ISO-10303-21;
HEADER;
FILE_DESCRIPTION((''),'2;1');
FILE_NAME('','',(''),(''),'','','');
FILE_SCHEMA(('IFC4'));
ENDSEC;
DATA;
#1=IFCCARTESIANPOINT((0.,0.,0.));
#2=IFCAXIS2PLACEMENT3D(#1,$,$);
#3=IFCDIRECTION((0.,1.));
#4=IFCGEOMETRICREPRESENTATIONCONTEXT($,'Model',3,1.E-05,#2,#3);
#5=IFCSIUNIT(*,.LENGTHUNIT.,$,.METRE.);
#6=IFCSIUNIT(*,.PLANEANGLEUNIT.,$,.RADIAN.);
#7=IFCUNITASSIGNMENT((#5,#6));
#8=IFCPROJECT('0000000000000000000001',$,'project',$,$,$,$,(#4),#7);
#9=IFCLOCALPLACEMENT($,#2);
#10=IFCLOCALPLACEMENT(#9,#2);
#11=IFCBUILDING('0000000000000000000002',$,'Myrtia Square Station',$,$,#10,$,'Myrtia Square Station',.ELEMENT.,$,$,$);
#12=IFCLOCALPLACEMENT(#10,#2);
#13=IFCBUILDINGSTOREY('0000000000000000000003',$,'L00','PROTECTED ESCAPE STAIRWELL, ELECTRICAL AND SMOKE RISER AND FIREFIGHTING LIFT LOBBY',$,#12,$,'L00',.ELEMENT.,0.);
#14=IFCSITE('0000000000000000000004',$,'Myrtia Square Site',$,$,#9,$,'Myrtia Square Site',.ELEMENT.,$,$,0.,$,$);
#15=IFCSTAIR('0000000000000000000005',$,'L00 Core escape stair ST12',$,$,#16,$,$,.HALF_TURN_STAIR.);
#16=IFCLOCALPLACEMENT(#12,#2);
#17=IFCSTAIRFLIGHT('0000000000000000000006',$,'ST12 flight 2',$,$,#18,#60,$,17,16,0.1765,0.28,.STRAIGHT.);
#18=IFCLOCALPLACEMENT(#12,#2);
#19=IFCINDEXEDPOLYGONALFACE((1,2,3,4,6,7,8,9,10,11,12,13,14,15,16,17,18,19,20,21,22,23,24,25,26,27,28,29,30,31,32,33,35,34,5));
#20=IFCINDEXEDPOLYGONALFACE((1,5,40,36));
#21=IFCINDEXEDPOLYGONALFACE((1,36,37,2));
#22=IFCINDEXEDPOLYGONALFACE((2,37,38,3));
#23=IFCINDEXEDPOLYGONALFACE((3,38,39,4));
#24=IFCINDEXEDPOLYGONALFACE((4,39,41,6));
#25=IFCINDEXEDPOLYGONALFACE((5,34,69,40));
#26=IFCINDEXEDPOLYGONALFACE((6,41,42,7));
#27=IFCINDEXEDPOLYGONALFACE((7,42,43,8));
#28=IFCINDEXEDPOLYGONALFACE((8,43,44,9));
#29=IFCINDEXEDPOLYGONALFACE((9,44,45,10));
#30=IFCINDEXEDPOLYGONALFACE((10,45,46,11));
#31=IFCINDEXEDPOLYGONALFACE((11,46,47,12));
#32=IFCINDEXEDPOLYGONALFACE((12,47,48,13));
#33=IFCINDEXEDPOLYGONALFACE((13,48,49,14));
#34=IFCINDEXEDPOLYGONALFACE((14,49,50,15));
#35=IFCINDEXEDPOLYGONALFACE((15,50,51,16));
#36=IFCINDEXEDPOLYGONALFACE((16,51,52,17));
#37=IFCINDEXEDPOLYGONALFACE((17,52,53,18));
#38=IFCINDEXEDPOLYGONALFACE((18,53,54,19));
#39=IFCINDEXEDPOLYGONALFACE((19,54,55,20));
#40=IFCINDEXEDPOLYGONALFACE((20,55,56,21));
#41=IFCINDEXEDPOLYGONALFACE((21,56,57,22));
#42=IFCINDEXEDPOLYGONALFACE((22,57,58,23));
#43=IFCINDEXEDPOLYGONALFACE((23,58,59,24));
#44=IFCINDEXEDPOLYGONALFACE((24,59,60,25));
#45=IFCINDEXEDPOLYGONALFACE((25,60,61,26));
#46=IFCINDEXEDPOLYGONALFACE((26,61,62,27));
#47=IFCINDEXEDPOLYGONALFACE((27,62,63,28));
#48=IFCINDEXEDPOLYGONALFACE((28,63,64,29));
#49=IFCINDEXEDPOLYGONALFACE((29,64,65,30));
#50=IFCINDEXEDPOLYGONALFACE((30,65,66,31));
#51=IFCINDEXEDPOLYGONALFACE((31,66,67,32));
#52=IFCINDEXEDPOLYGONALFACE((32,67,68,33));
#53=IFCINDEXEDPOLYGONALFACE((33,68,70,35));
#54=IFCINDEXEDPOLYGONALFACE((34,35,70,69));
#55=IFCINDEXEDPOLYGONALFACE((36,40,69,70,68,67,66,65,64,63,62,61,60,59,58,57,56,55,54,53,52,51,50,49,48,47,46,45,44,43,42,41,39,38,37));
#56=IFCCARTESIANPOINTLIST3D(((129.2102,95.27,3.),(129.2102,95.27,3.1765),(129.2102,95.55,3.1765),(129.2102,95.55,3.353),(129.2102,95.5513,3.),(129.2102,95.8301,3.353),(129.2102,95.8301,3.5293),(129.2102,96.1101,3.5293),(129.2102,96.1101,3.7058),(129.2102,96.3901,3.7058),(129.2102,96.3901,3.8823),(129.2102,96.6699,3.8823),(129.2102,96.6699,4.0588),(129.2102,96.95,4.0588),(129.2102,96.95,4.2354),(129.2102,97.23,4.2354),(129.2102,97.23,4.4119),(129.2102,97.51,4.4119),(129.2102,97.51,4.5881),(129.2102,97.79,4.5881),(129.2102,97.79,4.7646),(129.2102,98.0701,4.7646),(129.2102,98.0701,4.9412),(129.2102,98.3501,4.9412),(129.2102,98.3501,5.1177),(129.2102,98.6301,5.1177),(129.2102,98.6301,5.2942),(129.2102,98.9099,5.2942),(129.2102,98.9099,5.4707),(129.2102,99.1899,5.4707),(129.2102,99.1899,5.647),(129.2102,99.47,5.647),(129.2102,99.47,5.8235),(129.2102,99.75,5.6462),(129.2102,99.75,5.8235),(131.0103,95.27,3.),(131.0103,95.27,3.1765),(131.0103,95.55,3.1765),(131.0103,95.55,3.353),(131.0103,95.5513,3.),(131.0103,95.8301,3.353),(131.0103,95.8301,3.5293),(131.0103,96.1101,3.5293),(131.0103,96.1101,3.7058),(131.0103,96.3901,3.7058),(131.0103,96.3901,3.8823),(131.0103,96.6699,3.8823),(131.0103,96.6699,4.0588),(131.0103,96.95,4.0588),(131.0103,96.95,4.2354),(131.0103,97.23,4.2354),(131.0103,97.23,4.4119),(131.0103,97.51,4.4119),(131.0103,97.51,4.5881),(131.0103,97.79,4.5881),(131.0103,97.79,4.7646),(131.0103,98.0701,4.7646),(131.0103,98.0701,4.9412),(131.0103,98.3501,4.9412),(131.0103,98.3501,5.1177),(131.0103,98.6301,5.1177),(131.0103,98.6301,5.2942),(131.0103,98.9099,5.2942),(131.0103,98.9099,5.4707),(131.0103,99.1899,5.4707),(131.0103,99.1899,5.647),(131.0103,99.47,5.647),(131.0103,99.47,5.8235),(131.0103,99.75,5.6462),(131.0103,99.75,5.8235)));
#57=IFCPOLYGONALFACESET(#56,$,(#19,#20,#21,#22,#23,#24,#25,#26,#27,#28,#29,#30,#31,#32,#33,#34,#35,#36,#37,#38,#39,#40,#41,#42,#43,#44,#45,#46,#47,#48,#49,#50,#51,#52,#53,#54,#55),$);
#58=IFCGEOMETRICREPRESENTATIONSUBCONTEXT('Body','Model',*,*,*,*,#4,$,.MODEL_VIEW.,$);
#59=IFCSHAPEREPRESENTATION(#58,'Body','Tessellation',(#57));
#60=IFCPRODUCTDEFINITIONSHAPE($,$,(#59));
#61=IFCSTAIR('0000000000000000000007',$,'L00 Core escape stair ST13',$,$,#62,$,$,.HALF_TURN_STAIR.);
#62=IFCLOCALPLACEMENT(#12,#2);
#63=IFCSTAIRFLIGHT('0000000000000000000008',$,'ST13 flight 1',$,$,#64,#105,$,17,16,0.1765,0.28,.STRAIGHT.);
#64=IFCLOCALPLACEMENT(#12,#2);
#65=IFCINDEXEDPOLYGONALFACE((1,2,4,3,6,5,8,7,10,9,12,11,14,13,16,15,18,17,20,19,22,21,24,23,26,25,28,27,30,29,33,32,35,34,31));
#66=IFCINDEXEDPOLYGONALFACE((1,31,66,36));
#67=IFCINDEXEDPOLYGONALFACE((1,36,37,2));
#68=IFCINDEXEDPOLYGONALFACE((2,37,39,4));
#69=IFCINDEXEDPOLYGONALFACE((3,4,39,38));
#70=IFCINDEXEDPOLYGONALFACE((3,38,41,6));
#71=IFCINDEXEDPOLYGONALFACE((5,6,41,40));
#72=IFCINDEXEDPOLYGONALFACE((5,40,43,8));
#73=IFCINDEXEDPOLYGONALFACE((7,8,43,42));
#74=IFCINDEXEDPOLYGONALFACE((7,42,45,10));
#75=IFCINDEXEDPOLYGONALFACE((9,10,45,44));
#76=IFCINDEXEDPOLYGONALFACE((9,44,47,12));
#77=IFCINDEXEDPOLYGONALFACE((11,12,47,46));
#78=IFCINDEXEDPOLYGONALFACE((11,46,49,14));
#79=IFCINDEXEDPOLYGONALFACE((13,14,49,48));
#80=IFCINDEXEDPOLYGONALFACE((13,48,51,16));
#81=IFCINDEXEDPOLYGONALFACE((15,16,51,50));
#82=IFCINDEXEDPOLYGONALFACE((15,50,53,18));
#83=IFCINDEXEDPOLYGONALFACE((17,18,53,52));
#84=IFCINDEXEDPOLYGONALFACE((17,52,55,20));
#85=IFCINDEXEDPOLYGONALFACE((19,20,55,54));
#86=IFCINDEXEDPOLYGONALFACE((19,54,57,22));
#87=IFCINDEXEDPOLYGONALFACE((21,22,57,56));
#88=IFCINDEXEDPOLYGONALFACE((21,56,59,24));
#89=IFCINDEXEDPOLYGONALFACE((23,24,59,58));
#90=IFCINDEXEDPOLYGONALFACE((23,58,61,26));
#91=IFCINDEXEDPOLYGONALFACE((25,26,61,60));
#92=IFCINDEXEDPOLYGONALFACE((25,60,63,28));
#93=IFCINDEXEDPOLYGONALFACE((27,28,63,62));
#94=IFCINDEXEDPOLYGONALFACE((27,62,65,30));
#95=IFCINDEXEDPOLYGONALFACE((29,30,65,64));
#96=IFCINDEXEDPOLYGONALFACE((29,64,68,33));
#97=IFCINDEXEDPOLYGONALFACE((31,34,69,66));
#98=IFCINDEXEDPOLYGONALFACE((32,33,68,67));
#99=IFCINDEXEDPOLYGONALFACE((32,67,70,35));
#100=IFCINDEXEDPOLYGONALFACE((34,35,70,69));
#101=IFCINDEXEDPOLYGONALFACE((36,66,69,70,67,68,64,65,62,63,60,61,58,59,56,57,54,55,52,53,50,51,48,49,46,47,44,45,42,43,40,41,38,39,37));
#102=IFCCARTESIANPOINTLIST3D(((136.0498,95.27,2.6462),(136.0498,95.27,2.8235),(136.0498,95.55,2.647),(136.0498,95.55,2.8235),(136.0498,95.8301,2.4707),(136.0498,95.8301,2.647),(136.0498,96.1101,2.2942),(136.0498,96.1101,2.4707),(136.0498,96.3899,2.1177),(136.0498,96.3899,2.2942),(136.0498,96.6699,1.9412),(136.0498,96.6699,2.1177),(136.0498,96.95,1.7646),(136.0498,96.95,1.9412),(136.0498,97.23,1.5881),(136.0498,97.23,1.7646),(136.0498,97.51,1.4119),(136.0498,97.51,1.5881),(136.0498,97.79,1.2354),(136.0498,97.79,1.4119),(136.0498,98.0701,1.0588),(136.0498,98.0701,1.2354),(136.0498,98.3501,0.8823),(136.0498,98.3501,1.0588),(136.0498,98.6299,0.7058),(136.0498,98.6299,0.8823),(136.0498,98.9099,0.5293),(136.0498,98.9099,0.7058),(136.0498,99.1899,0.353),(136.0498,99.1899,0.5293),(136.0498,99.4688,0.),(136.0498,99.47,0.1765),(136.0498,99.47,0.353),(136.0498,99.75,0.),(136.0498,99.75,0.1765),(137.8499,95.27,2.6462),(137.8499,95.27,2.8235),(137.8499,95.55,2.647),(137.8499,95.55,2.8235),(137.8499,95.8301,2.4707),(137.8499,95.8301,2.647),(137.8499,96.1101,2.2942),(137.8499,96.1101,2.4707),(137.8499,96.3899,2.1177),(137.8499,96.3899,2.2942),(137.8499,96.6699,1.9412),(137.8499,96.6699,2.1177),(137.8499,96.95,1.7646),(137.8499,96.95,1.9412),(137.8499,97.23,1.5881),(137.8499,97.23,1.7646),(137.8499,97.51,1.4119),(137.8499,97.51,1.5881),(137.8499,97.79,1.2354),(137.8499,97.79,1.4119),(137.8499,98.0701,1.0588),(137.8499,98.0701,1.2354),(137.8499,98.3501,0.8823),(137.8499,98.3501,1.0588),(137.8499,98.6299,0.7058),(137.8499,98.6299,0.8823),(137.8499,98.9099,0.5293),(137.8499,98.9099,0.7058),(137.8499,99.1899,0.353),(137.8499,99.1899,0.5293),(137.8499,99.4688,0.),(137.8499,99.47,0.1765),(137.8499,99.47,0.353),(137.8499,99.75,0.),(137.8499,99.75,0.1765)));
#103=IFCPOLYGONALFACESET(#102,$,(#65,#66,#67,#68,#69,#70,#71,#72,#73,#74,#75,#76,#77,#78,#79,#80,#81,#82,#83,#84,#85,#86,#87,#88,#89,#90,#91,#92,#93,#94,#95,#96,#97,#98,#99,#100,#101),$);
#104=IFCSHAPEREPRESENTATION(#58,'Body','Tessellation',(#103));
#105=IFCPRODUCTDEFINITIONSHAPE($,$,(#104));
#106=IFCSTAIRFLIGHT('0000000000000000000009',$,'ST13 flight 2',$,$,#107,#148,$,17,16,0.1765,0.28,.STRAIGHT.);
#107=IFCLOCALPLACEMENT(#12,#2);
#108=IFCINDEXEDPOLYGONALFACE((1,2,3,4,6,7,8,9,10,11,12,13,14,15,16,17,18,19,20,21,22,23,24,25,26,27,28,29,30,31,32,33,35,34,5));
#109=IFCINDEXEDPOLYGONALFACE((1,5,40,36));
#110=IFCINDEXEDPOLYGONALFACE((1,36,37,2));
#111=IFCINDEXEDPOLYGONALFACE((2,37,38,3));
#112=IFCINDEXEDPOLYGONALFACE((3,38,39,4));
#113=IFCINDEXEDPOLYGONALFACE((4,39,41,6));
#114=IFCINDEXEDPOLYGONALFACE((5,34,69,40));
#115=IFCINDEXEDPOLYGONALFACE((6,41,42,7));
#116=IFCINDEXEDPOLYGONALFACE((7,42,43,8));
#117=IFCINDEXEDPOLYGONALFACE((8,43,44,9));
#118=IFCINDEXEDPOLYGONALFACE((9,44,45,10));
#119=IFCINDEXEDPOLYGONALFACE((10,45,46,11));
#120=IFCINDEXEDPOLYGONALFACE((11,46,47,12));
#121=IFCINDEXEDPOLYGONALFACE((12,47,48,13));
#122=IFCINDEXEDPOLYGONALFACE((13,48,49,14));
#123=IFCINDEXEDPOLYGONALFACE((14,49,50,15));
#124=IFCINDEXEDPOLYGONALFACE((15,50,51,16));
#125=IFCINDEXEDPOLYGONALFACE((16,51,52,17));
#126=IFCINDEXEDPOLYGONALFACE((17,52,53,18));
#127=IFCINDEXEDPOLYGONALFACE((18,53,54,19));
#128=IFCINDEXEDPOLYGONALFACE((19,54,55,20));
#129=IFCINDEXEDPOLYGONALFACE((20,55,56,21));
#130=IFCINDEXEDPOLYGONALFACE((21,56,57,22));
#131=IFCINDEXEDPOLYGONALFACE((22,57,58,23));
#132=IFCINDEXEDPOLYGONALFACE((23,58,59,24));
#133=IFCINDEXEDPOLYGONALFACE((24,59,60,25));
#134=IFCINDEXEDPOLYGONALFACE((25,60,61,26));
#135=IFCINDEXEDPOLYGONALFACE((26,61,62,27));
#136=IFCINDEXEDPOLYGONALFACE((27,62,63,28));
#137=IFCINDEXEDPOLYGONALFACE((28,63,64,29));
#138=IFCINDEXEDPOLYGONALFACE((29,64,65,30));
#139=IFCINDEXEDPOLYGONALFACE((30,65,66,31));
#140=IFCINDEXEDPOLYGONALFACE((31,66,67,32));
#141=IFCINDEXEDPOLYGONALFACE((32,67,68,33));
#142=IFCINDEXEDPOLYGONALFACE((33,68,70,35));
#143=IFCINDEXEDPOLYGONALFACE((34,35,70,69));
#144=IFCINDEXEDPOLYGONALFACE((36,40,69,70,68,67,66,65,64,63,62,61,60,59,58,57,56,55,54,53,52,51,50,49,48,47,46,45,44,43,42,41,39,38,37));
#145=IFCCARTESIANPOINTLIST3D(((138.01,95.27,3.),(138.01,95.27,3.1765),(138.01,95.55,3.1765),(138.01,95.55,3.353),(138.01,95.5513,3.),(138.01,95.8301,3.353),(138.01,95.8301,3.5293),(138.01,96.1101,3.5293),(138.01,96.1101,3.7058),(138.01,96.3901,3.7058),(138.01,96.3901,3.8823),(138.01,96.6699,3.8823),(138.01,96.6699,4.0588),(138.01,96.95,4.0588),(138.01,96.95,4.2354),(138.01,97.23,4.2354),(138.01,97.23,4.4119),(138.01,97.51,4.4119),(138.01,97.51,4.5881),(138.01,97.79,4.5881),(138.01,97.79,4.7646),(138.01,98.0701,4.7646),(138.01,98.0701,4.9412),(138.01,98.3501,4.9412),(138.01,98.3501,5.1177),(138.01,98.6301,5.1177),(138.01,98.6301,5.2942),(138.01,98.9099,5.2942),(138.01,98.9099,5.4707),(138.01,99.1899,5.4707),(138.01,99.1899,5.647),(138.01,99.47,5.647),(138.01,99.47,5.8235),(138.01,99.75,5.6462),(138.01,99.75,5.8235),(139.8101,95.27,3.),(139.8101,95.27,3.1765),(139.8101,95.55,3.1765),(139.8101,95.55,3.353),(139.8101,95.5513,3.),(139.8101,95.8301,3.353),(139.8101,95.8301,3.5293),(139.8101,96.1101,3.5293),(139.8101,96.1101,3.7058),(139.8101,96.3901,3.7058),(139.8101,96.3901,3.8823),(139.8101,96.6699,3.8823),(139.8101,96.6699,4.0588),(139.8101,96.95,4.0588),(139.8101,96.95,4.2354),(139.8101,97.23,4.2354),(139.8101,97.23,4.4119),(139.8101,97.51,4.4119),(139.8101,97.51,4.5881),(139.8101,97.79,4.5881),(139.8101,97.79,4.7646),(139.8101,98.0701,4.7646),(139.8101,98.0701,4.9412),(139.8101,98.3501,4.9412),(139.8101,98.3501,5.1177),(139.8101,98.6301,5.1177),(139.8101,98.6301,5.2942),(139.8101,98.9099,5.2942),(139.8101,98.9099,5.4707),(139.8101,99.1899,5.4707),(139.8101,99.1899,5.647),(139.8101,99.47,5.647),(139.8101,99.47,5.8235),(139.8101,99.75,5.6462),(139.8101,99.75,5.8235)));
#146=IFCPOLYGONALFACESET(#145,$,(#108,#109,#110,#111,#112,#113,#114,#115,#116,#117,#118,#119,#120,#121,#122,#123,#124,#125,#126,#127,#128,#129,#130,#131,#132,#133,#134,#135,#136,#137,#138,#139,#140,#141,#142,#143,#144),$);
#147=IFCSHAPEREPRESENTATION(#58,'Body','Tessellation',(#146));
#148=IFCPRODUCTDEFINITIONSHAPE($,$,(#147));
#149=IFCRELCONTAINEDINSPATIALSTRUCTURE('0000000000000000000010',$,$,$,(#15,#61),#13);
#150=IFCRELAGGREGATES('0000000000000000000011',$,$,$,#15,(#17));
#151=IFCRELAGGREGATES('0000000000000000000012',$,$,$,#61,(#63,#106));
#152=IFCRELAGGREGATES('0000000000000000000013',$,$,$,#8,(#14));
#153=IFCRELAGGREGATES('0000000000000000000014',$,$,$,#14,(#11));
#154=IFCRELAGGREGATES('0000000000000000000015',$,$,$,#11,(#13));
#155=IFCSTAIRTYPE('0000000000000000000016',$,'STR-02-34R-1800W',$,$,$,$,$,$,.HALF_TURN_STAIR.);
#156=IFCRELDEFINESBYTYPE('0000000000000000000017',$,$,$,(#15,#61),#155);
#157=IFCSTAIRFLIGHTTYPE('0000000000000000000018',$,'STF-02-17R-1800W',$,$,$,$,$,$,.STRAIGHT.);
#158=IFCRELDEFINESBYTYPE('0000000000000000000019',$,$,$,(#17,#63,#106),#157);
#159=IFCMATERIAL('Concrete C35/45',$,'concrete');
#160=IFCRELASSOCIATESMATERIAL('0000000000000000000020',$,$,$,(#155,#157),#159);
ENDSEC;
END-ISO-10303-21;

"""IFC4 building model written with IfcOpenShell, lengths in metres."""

from ifc_helpers import new_model, si_unit, direction, frame, origin, place, context, subcontext, project, spatial, polyline, outline, extrude, material, type_object, element, aggregate, save


model = new_model("IFC4")

# Units and contexts
model_context = context("Model", 3, precision=1e-05, world=origin(), true_north=direction((0.0, 1.0)))
body_context = subcontext(model_context, "Body", "Model", "MODEL_VIEW")
ifc_project = project(units=[si_unit("LENGTHUNIT", "METRE"), si_unit("PLANEANGLEUNIT", "RADIAN")], contexts=[model_context])

# Site, building, storey
site_placement = place(None, origin())
site = spatial("IfcSite", under=ifc_project, at=site_placement, Name="Myrtia Square Site", LongName="Myrtia Square Site", CompositionType="ELEMENT", RefElevation=0.0)
building_placement = place(site_placement, origin())
building = spatial("IfcBuilding", under=site, at=building_placement, Name="Myrtia Square Station", LongName="Myrtia Square Station", CompositionType="ELEMENT")
storey_placement = place(building_placement, origin())
storey = spatial("IfcBuildingStorey", under=building, at=storey_placement, Name="L00", Description="PROTECTED ESCAPE STAIRWELL, ELECTRICAL AND SMOKE RISER AND FIREFIGHTING LIFT LOBBY", LongName="L00", CompositionType="ELEMENT", Elevation=0.0)

# Shared definitions
ifc_material_1 = material(Name="Concrete C35/45", Category="concrete")

# Stairs, stair flights
stair_type = type_object("IfcStairType", Name="STR-02-34R-1800W", PredefinedType="HALF_TURN_STAIR", material=ifc_material_1)
stair_1_placement = place(storey_placement, origin())
stair_1 = element("IfcStair", 1, at=stair_1_placement, inside=storey, type_object=stair_type, Name="L00 Core escape stair ST12", PredefinedType="HALF_TURN_STAIR")
stair_flight_type = type_object("IfcStairFlightType", Name="STF-02-17R-1800W", PredefinedType="STRAIGHT", material=ifc_material_1)
stair_flight_1_placement = place(storey_placement, frame((130.1101, 95.27, 3.0), z_axis=(0.0, 0.0, 1.0), x_axis=(0.0, 1.0, 0.0)))
stair_flight_1 = element("IfcStairFlight", 2, at=stair_flight_1_placement, type_object=stair_flight_type, Name="ST12 flight 2", NumberOfRisers=17, NumberOfTreads=16, PredefinedType="STRAIGHT", RiserHeight=0.1765, TreadLength=0.28, context=body_context, shape_type="SweptSolid", body=[
    extrude(outline(polyline([(0.0, 0.0), (0.0, 0.1765), (0.28, 0.1765), (0.28, 0.353), (0.5601, 0.353), (0.5601, 0.5293), (0.8401, 0.5293), (0.8401, 0.7058), (1.1201, 0.7058), (1.1201, 0.8823), (1.3999, 0.8823), (1.3999, 1.0588), (1.6799, 1.0588), (1.6799, 1.2354), (1.96, 1.2354), (1.96, 1.4119), (2.24, 1.4119), (2.24, 1.5881), (2.52, 1.5881), (2.52, 1.7646), (2.8, 1.7646), (2.8, 1.9412), (3.0801, 1.9412), (3.0801, 2.1177), (3.3601, 2.1177), (3.3601, 2.2942), (3.6399, 2.2942), (3.6399, 2.4707), (3.9199, 2.4707), (3.9199, 2.647), (4.2, 2.647), (4.2, 2.8235), (4.48, 2.8235), (4.48, 3.0), (4.48, 2.6462), (0.2812, 0.0), (0.0, 0.0)])), frame((0.0, 0.8999, 0.0), z_axis=(0.0, -1.0, 0.0), x_axis=(1.0, 0.0, 0.0)), (0.0, 0.0, 1.0), 1.8),
])
aggregate(stair_1, [stair_flight_1])
stair_2_placement = place(storey_placement, origin())
stair_2 = element("IfcStair", 3, at=stair_2_placement, inside=storey, type_object=stair_type, Name="L00 Core escape stair ST13", PredefinedType="HALF_TURN_STAIR")
stair_flight_2_placement = place(storey_placement, frame((136.95, 99.75, 0.0), z_axis=(0.0, 0.0, 1.0), x_axis=(0.0, -1.0, 0.0)))
stair_flight_2 = element("IfcStairFlight", 4, at=stair_flight_2_placement, type_object=stair_flight_type, Name="ST13 flight 1", NumberOfRisers=17, NumberOfTreads=16, PredefinedType="STRAIGHT", RiserHeight=0.1765, TreadLength=0.28, context=body_context, shape_type="SweptSolid", body=[
    extrude(outline(polyline([(0.0, 0.0), (0.0, 0.1765), (0.28, 0.1765), (0.28, 0.353), (0.5601, 0.353), (0.5601, 0.5293), (0.8401, 0.5293), (0.8401, 0.7058), (1.1201, 0.7058), (1.1201, 0.8823), (1.3999, 0.8823), (1.3999, 1.0588), (1.6799, 1.0588), (1.6799, 1.2354), (1.96, 1.2354), (1.96, 1.4119), (2.24, 1.4119), (2.24, 1.5881), (2.52, 1.5881), (2.52, 1.7646), (2.8, 1.7646), (2.8, 1.9412), (3.0801, 1.9412), (3.0801, 2.1177), (3.3601, 2.1177), (3.3601, 2.2942), (3.6399, 2.2942), (3.6399, 2.4707), (3.9199, 2.4707), (3.9199, 2.647), (4.2, 2.647), (4.2, 2.8235), (4.48, 2.8235), (4.48, 3.0), (4.48, 2.6462), (0.2812, 0.0), (0.0, 0.0)])), frame((0.0, 0.8999, 0.0), z_axis=(0.0, -1.0, 0.0), x_axis=(1.0, 0.0, 0.0)), (0.0, 0.0, 1.0), 1.8),
])
stair_flight_3_placement = place(storey_placement, frame((138.9099, 95.27, 3.0), z_axis=(0.0, 0.0, 1.0), x_axis=(0.0, 1.0, 0.0)))
stair_flight_3 = element("IfcStairFlight", 5, at=stair_flight_3_placement, type_object=stair_flight_type, Name="ST13 flight 2", NumberOfRisers=17, NumberOfTreads=16, PredefinedType="STRAIGHT", RiserHeight=0.1765, TreadLength=0.28, context=body_context, shape_type="SweptSolid", body=[
    extrude(outline(polyline([(0.0, 0.0), (0.0, 0.1765), (0.28, 0.1765), (0.28, 0.353), (0.5601, 0.353), (0.5601, 0.5293), (0.8401, 0.5293), (0.8401, 0.7058), (1.1201, 0.7058), (1.1201, 0.8823), (1.3999, 0.8823), (1.3999, 1.0588), (1.6799, 1.0588), (1.6799, 1.2354), (1.96, 1.2354), (1.96, 1.4119), (2.24, 1.4119), (2.24, 1.5881), (2.52, 1.5881), (2.52, 1.7646), (2.8, 1.7646), (2.8, 1.9412), (3.0801, 1.9412), (3.0801, 2.1177), (3.3601, 2.1177), (3.3601, 2.2942), (3.6399, 2.2942), (3.6399, 2.4707), (3.9199, 2.4707), (3.9199, 2.647), (4.2, 2.647), (4.2, 2.8235), (4.48, 2.8235), (4.48, 3.0), (4.48, 2.6462), (0.2812, 0.0), (0.0, 0.0)])), frame((0.0, 0.8999, 0.0), z_axis=(0.0, -1.0, 0.0), x_axis=(1.0, 0.0, 0.0)), (0.0, 0.0, 1.0), 1.8),
])
aggregate(stair_2, [stair_flight_2, stair_flight_3])

save(model, "model.ifc")
